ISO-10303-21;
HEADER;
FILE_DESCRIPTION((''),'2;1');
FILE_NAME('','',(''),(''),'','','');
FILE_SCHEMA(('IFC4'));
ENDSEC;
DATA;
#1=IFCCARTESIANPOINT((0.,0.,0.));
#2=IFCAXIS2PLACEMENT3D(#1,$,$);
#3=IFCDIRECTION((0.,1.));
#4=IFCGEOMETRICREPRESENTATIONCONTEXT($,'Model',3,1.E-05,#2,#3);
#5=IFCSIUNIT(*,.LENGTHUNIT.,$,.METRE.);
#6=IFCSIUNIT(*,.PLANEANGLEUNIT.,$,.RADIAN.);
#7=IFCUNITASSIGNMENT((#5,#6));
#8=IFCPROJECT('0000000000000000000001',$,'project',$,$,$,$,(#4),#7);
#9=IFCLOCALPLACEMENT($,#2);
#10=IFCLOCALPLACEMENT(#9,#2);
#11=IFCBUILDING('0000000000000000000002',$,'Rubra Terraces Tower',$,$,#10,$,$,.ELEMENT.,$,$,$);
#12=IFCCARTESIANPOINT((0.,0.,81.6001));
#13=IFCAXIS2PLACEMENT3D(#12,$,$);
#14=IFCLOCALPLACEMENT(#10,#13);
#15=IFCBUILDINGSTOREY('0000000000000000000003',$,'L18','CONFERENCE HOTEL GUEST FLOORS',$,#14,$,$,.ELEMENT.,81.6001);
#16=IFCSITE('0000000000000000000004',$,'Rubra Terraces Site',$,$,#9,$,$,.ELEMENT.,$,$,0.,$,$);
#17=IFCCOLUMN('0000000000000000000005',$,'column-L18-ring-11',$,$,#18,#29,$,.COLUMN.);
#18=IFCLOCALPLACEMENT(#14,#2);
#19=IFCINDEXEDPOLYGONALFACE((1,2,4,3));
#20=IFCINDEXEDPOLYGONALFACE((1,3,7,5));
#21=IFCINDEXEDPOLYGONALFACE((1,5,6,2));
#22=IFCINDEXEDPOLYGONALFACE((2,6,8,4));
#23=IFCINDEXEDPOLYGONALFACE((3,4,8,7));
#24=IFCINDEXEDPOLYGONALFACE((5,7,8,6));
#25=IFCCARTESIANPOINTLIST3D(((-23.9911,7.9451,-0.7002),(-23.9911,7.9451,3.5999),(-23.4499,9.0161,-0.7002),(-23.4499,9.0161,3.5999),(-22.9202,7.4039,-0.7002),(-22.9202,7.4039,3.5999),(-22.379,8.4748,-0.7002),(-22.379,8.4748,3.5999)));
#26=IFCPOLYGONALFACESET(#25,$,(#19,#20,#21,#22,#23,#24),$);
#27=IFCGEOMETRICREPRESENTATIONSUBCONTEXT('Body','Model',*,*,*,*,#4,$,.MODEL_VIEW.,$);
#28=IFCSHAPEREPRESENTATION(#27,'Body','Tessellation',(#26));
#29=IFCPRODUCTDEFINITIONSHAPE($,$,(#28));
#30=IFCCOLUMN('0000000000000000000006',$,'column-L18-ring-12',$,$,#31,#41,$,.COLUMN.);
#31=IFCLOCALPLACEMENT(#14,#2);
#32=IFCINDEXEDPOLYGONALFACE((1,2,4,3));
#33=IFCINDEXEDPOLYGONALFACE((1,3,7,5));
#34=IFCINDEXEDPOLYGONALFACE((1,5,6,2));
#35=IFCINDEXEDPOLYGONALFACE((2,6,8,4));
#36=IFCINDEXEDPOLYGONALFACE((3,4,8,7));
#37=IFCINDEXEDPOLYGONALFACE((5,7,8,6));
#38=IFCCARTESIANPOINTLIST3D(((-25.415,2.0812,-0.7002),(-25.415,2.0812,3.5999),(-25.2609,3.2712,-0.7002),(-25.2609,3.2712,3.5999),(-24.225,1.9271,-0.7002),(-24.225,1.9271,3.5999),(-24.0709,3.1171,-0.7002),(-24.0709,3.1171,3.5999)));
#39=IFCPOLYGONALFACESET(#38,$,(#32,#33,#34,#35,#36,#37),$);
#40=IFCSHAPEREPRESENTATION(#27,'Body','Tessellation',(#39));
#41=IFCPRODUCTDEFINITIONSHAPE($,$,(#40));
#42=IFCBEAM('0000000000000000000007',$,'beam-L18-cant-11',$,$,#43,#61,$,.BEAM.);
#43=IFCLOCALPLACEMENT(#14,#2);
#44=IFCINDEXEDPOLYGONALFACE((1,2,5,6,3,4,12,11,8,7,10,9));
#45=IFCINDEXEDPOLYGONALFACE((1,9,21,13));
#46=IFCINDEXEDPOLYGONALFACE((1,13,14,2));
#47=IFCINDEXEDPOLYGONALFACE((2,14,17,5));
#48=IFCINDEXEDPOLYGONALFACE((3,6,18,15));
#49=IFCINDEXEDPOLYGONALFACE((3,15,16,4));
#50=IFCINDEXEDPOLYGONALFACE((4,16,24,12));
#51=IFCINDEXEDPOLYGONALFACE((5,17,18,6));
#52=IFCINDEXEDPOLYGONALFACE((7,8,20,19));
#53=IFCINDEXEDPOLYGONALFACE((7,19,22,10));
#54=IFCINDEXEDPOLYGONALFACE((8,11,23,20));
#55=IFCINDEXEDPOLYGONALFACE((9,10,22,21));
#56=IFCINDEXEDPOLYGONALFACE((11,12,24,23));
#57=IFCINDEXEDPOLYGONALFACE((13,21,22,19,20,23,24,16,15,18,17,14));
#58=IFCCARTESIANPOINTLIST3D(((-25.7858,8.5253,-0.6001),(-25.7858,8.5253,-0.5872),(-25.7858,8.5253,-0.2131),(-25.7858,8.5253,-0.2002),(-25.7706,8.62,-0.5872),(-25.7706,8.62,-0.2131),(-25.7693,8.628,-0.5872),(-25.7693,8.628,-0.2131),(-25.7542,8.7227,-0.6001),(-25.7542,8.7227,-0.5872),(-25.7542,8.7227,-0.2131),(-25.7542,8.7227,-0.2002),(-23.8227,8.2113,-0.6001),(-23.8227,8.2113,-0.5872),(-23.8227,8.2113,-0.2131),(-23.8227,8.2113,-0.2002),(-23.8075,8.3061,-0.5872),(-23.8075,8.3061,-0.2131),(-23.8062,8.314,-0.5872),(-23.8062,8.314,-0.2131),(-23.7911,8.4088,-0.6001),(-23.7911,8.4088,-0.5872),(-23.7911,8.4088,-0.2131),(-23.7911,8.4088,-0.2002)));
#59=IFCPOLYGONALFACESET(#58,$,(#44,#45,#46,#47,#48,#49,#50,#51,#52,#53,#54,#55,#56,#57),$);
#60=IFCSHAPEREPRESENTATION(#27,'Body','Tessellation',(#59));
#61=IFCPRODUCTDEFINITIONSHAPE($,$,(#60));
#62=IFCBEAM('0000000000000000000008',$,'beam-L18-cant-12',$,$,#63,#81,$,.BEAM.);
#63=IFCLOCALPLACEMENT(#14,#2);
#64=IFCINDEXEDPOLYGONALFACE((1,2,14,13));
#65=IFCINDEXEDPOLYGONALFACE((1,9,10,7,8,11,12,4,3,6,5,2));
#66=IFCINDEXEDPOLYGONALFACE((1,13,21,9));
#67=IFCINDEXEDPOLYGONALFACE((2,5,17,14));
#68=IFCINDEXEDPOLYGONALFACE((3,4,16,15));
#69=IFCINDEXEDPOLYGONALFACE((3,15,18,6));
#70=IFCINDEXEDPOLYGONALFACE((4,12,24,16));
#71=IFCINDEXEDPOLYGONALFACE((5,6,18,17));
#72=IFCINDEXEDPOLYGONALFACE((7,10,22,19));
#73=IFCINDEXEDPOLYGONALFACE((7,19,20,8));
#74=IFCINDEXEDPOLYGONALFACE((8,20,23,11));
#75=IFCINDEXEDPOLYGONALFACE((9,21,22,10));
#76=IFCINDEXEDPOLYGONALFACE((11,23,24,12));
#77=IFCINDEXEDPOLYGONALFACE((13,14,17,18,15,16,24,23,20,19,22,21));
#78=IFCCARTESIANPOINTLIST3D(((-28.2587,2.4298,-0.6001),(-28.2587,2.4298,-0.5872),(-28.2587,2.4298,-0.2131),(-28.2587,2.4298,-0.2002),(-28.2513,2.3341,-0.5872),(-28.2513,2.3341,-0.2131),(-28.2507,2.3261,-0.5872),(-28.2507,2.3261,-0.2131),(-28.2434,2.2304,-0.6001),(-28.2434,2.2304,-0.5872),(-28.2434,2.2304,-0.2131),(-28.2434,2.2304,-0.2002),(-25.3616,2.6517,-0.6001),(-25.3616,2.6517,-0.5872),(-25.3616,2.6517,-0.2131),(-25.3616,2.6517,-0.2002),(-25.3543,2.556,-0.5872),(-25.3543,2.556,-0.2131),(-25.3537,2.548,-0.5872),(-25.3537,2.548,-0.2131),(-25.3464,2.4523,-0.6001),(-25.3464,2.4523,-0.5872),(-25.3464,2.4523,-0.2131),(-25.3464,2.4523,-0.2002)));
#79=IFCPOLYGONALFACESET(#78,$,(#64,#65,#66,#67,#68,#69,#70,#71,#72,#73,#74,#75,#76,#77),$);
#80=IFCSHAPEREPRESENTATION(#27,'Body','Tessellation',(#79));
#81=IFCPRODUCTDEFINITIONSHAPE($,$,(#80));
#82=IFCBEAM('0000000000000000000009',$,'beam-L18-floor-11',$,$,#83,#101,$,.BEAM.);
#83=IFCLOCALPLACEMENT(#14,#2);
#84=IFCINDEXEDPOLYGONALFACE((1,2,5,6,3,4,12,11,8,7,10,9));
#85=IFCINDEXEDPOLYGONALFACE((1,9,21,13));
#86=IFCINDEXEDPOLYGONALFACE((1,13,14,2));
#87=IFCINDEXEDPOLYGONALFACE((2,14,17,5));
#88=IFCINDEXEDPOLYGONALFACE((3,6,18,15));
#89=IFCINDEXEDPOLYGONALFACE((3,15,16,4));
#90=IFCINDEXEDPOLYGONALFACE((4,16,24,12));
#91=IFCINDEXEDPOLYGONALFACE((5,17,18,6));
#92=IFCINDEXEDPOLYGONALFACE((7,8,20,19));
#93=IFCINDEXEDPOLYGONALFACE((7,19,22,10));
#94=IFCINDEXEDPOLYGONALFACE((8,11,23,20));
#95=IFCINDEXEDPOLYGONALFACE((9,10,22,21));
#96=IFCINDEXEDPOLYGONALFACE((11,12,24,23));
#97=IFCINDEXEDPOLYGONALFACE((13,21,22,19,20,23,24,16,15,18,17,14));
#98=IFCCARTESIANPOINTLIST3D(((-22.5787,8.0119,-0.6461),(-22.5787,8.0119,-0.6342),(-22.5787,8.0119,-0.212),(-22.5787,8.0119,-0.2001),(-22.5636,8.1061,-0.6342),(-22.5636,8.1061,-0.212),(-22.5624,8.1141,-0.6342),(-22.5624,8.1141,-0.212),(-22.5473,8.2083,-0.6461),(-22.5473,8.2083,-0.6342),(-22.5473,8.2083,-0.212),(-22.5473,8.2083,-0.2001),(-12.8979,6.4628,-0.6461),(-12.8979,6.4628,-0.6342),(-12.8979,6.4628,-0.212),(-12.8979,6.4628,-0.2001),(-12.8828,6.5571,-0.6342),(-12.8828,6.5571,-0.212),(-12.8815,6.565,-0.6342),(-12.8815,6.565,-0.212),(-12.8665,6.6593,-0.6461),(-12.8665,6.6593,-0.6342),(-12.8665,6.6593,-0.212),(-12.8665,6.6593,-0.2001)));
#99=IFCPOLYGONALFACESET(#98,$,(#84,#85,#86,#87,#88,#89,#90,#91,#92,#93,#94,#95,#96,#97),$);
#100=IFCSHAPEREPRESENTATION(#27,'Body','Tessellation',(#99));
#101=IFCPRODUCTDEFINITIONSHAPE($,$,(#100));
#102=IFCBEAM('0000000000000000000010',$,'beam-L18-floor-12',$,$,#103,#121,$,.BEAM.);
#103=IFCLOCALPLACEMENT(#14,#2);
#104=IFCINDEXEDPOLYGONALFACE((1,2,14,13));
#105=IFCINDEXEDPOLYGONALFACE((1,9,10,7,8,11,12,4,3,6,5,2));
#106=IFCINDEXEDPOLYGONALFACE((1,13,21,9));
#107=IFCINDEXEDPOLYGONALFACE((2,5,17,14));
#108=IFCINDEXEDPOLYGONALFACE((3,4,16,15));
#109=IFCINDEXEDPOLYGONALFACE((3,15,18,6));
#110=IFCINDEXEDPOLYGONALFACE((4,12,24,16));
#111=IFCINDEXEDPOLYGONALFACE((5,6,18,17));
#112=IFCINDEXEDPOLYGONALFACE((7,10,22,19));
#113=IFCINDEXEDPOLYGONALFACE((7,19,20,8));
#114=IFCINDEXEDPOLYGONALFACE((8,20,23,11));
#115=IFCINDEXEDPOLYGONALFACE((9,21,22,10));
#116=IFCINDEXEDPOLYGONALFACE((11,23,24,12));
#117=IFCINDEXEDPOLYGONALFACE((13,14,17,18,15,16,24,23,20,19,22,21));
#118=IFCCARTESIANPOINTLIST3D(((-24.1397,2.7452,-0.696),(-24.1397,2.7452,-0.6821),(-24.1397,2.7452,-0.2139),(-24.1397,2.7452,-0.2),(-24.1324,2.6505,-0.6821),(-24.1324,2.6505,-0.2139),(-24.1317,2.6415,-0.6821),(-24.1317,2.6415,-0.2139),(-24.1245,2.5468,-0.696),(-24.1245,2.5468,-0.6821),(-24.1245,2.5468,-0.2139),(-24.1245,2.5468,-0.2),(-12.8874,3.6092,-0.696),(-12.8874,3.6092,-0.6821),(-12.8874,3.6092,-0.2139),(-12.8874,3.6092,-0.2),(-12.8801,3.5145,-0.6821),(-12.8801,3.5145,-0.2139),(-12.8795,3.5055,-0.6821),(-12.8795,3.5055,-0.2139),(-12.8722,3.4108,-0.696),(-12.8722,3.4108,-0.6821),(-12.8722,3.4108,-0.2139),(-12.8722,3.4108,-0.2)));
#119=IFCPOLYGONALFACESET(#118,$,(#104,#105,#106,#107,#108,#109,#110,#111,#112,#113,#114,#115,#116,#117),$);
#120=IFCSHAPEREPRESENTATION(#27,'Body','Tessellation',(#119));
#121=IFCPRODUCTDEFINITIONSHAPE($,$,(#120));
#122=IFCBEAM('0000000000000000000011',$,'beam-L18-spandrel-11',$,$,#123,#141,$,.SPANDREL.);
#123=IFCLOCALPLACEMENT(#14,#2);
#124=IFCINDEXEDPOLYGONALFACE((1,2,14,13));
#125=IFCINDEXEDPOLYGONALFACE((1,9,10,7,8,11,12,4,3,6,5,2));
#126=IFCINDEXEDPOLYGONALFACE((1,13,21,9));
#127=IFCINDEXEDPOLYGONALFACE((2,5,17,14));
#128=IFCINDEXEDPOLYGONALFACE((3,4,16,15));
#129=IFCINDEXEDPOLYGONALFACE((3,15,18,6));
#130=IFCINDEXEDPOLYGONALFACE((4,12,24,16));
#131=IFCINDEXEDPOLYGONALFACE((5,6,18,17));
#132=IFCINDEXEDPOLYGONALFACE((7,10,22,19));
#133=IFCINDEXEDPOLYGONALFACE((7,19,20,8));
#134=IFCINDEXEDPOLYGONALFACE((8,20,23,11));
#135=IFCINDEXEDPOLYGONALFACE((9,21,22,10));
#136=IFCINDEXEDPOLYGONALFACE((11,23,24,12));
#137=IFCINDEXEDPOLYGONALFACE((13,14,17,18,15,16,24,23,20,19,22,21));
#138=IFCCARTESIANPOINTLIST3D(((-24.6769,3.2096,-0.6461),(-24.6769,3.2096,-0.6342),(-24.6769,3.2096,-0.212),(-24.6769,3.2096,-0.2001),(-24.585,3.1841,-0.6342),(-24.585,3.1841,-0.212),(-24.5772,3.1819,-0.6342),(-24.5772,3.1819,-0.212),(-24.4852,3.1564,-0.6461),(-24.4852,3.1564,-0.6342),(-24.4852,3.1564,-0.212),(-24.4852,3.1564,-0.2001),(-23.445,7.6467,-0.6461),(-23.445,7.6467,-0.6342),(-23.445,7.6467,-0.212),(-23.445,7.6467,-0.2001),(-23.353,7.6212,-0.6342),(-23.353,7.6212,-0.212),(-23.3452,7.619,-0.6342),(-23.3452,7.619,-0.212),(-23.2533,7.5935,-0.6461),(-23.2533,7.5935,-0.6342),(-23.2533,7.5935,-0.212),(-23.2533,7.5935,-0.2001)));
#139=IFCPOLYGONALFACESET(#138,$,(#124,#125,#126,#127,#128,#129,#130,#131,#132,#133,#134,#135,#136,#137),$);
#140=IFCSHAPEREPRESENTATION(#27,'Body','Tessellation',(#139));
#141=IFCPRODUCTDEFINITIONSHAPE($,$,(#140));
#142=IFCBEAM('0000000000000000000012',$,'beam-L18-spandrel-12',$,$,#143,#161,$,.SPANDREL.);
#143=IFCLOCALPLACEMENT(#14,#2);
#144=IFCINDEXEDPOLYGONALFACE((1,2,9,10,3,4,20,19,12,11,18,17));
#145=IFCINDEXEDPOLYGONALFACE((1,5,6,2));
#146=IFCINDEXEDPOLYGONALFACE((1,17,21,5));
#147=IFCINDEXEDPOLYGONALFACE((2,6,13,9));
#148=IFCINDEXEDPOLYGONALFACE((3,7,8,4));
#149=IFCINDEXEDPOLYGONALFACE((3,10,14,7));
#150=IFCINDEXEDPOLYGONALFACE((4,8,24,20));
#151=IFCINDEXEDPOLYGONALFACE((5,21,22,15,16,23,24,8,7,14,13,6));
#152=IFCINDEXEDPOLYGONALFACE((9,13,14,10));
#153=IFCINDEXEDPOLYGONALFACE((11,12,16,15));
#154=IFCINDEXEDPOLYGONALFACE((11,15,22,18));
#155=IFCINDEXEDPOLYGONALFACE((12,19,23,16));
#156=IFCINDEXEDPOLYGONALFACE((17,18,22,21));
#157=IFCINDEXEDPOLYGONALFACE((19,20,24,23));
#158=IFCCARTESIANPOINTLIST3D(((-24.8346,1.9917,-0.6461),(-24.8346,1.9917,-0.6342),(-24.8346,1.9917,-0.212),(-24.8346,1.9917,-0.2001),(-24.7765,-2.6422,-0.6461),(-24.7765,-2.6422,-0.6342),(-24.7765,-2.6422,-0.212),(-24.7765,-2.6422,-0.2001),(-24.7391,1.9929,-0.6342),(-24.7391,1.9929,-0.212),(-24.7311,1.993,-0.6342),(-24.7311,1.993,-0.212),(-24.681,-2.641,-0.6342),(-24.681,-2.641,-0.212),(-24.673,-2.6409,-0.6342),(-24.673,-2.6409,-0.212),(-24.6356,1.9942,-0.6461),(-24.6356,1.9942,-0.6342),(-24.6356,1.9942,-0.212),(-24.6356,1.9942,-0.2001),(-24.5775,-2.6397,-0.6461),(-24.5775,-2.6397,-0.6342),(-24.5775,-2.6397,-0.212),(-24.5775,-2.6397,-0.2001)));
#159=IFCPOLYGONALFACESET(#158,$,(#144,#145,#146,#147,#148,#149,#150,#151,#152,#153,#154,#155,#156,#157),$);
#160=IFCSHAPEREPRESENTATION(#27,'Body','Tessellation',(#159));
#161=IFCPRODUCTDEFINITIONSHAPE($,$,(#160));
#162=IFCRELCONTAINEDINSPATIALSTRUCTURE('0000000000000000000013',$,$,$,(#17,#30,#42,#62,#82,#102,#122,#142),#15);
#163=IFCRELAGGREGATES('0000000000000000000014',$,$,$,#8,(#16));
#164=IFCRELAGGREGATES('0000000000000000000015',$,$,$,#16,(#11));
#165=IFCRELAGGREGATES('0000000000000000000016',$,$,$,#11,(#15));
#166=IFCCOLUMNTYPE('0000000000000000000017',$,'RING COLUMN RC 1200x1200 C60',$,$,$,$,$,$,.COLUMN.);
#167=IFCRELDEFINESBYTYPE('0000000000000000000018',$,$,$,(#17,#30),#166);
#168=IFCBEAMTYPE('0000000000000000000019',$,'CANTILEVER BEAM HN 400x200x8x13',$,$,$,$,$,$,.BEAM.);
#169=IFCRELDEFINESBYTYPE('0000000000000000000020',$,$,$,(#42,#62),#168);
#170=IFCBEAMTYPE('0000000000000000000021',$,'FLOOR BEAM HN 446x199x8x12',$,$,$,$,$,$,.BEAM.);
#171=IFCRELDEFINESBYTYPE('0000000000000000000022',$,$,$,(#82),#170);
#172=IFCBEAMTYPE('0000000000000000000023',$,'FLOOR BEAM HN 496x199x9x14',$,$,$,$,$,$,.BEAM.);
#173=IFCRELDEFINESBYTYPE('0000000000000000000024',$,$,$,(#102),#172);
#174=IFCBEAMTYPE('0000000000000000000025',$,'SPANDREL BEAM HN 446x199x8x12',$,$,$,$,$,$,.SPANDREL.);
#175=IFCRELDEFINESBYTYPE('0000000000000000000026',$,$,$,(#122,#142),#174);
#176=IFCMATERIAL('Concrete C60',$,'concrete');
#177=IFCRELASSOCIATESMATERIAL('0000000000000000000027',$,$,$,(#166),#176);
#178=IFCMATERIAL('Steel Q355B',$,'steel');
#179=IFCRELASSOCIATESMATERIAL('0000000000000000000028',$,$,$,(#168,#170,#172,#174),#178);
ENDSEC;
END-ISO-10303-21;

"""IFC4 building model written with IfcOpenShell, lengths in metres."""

from ifc_helpers import new_model, si_unit, direction, frame, origin, origin_2d, place, context, subcontext, project, spatial, rectangle, i_section, extrude, material, material_profile, profile_set, type_object, element, save


model = new_model("IFC4")

# Units and contexts
model_context = context("Model", 3, precision=1e-05, world=origin(), true_north=direction((0.0, 1.0)))
body_context = subcontext(model_context, "Body", "Model", "MODEL_VIEW")
ifc_project = project(units=[si_unit("LENGTHUNIT", "METRE"), si_unit("PLANEANGLEUNIT", "RADIAN")], contexts=[model_context])

# Site, building, storey
site_placement = place(None, origin())
site = spatial("IfcSite", under=ifc_project, at=site_placement, Name="Rubra Terraces Site", CompositionType="ELEMENT", RefElevation=0.0)
building_placement = place(site_placement, origin())
building = spatial("IfcBuilding", under=site, at=building_placement, Name="Rubra Terraces Tower", CompositionType="ELEMENT")
storey_placement = place(building_placement, frame((0.0, 0.0, 81.6001)))
storey = spatial("IfcBuildingStorey", under=building, at=storey_placement, Name="L18", Description="CONFERENCE HOTEL GUEST FLOORS", CompositionType="ELEMENT", Elevation=81.6001)

# Columns
ifc_material_1 = material(Name="Concrete C60", Category="concrete")
ifc_material_profile_1 = material_profile(ifc_material_1, rectangle(XDim=1.2, YDim=1.2, at=origin_2d()), Name="RC 1200x1200")
ifc_profile_set_1 = profile_set([ifc_material_profile_1], Name="Concrete C60")
column_type = type_object("IfcColumnType", Name="RING COLUMN RC 1200x1200 C60", PredefinedType="COLUMN", material=ifc_profile_set_1)
for number, where, z_axis, x_axis, name in (
    (1, (-23.1851, 8.21, -0.7002), (0.0, 0.0, 1.0), (-0.451028, -0.89251, 0.0), "column-L18-ring-11"),
    (2, (-24.7429, 2.5991, -0.7002), (0.0, 0.0, 1.0), (-0.128444, -0.991717, 0.0), "column-L18-ring-12"),
):
    element("IfcColumn", number, at=place(storey_placement, frame(where, z_axis=z_axis, x_axis=x_axis)), inside=storey, type_object=column_type, Name=name, PredefinedType="COLUMN", context=body_context, shape_type="SweptSolid", body=[
        extrude(rectangle(XDim=1.2, YDim=1.2, at=origin_2d()), origin(), (0.0, 0.0, 1.0), 4.3),
    ])

# Beams
ifc_material_2 = material(Name="Steel Q355B", Category="steel")
ifc_material_profile_2 = material_profile(ifc_material_2, i_section(OverallWidth=0.2, OverallDepth=0.3999, WebThickness=0.0081, FlangeThickness=0.0129, at=origin_2d()), Name="HN 400x200x8x13")
ifc_profile_set_2 = profile_set([ifc_material_profile_2], Name="Steel Q355B")
beam_type_1 = type_object("IfcBeamType", Name="CANTILEVER BEAM HN 400x200x8x13", PredefinedType="BEAM", material=ifc_profile_set_2)
beam_1_placement = place(storey_placement, frame((-23.8069, 8.3101, -0.4001), z_axis=(-0.987451, 0.157923, 0.0), x_axis=(-0.157923, -0.987451, 0.0)))
element("IfcBeam", 3, at=beam_1_placement, inside=storey, type_object=beam_type_1, Name="beam-L18-cant-11", PredefinedType="BEAM", context=body_context, shape_type="SweptSolid", body=[
    extrude(i_section(OverallWidth=0.2, OverallDepth=0.3999, WebThickness=0.0081, FlangeThickness=0.0129, at=origin_2d()), origin(), (0.0, 0.0, 1.0), 1.988),
])
beam_2_placement = place(storey_placement, frame((-25.354, 2.552, -0.4001), z_axis=(-0.997079, -0.076382, 0.0), x_axis=(0.076382, -0.997079, 0.0)))
element("IfcBeam", 4, at=beam_2_placement, inside=storey, type_object=beam_type_1, Name="beam-L18-cant-12", PredefinedType="BEAM", context=body_context, shape_type="SweptSolid", body=[
    extrude(i_section(OverallWidth=0.2, OverallDepth=0.3999, WebThickness=0.0081, FlangeThickness=0.0129, at=origin_2d()), origin(), (0.0, 0.0, 1.0), 2.9055),
])
ifc_material_profile_3 = material_profile(ifc_material_2, i_section(OverallWidth=0.199, OverallDepth=0.446, WebThickness=0.0081, FlangeThickness=0.012, at=origin_2d()), Name="HN 446x199x8x12")
ifc_profile_set_3 = profile_set([ifc_material_profile_3], Name="Steel Q355B")
beam_type_2 = type_object("IfcBeamType", Name="FLOOR BEAM HN 446x199x8x12", PredefinedType="BEAM", material=ifc_profile_set_3)
beam_3_placement = place(storey_placement, frame((-22.563, 8.1101, -0.4231), z_axis=(0.987439, -0.158003, 0.0), x_axis=(0.158003, 0.987439, 0.0)))
element("IfcBeam", 5, at=beam_3_placement, inside=storey, type_object=beam_type_2, Name="beam-L18-floor-11", PredefinedType="BEAM", context=body_context, shape_type="SweptSolid", body=[
    extrude(i_section(OverallWidth=0.199, OverallDepth=0.446, WebThickness=0.0081, FlangeThickness=0.012, at=origin_2d()), origin(), (0.0, 0.0, 1.0), 9.804),
])
ifc_material_profile_4 = material_profile(ifc_material_2, i_section(OverallWidth=0.199, OverallDepth=0.4961, WebThickness=0.009, FlangeThickness=0.0139, at=origin_2d()), Name="HN 496x199x9x14")
ifc_profile_set_4 = profile_set([ifc_material_profile_4], Name="Steel Q355B")
beam_type_3 = type_object("IfcBeamType", Name="FLOOR BEAM HN 496x199x9x14", PredefinedType="BEAM", material=ifc_profile_set_4)
beam_4_placement = place(storey_placement, frame((-24.1321, 2.646, -0.448), z_axis=(0.997065, 0.076561, 0.0), x_axis=(-0.076561, 0.997065, 0.0)))
element("IfcBeam", 6, at=beam_4_placement, inside=storey, type_object=beam_type_3, Name="beam-L18-floor-12", PredefinedType="BEAM", context=body_context, shape_type="SweptSolid", body=[
    extrude(i_section(OverallWidth=0.199, OverallDepth=0.4961, WebThickness=0.009, FlangeThickness=0.0139, at=origin_2d()), origin(), (0.0, 0.0, 1.0), 11.2854),
])
ifc_material_profile_5 = material_profile(ifc_material_2, i_section(OverallWidth=0.199, OverallDepth=0.446, WebThickness=0.0081, FlangeThickness=0.012, at=origin_2d()), Name="HN 446x199x8x12")
ifc_profile_set_5 = profile_set([ifc_material_profile_5], Name="Steel Q355B")
beam_type_4 = type_object("IfcBeamType", Name="SPANDREL BEAM HN 446x199x8x12", PredefinedType="SPANDREL", material=ifc_profile_set_5)
beam_5_placement = place(storey_placement, frame((-23.3491, 7.6201, -0.4231), z_axis=(-0.267529, -0.96355, 0.0), x_axis=(0.96355, -0.267529, 0.0)))
element("IfcBeam", 7, at=beam_5_placement, inside=storey, type_object=beam_type_4, Name="beam-L18-spandrel-11", PredefinedType="SPANDREL", context=body_context, shape_type="SweptSolid", body=[
    extrude(i_section(OverallWidth=0.199, OverallDepth=0.446, WebThickness=0.0081, FlangeThickness=0.012, at=origin_2d()), origin(), (0.0, 0.0, 1.0), 4.605),
])
beam_6_placement = place(storey_placement, frame((-24.7351, 1.9929, -0.4231), z_axis=(0.012538, -0.999921, 0.0), x_axis=(0.999921, 0.012538, 0.0)))
element("IfcBeam", 8, at=beam_6_placement, inside=storey, type_object=beam_type_4, Name="beam-L18-spandrel-12", PredefinedType="SPANDREL", context=body_context, shape_type="SweptSolid", body=[
    extrude(i_section(OverallWidth=0.199, OverallDepth=0.446, WebThickness=0.0081, FlangeThickness=0.012, at=origin_2d()), origin(), (0.0, 0.0, 1.0), 4.6343),
])

save(model, "model.ifc")
